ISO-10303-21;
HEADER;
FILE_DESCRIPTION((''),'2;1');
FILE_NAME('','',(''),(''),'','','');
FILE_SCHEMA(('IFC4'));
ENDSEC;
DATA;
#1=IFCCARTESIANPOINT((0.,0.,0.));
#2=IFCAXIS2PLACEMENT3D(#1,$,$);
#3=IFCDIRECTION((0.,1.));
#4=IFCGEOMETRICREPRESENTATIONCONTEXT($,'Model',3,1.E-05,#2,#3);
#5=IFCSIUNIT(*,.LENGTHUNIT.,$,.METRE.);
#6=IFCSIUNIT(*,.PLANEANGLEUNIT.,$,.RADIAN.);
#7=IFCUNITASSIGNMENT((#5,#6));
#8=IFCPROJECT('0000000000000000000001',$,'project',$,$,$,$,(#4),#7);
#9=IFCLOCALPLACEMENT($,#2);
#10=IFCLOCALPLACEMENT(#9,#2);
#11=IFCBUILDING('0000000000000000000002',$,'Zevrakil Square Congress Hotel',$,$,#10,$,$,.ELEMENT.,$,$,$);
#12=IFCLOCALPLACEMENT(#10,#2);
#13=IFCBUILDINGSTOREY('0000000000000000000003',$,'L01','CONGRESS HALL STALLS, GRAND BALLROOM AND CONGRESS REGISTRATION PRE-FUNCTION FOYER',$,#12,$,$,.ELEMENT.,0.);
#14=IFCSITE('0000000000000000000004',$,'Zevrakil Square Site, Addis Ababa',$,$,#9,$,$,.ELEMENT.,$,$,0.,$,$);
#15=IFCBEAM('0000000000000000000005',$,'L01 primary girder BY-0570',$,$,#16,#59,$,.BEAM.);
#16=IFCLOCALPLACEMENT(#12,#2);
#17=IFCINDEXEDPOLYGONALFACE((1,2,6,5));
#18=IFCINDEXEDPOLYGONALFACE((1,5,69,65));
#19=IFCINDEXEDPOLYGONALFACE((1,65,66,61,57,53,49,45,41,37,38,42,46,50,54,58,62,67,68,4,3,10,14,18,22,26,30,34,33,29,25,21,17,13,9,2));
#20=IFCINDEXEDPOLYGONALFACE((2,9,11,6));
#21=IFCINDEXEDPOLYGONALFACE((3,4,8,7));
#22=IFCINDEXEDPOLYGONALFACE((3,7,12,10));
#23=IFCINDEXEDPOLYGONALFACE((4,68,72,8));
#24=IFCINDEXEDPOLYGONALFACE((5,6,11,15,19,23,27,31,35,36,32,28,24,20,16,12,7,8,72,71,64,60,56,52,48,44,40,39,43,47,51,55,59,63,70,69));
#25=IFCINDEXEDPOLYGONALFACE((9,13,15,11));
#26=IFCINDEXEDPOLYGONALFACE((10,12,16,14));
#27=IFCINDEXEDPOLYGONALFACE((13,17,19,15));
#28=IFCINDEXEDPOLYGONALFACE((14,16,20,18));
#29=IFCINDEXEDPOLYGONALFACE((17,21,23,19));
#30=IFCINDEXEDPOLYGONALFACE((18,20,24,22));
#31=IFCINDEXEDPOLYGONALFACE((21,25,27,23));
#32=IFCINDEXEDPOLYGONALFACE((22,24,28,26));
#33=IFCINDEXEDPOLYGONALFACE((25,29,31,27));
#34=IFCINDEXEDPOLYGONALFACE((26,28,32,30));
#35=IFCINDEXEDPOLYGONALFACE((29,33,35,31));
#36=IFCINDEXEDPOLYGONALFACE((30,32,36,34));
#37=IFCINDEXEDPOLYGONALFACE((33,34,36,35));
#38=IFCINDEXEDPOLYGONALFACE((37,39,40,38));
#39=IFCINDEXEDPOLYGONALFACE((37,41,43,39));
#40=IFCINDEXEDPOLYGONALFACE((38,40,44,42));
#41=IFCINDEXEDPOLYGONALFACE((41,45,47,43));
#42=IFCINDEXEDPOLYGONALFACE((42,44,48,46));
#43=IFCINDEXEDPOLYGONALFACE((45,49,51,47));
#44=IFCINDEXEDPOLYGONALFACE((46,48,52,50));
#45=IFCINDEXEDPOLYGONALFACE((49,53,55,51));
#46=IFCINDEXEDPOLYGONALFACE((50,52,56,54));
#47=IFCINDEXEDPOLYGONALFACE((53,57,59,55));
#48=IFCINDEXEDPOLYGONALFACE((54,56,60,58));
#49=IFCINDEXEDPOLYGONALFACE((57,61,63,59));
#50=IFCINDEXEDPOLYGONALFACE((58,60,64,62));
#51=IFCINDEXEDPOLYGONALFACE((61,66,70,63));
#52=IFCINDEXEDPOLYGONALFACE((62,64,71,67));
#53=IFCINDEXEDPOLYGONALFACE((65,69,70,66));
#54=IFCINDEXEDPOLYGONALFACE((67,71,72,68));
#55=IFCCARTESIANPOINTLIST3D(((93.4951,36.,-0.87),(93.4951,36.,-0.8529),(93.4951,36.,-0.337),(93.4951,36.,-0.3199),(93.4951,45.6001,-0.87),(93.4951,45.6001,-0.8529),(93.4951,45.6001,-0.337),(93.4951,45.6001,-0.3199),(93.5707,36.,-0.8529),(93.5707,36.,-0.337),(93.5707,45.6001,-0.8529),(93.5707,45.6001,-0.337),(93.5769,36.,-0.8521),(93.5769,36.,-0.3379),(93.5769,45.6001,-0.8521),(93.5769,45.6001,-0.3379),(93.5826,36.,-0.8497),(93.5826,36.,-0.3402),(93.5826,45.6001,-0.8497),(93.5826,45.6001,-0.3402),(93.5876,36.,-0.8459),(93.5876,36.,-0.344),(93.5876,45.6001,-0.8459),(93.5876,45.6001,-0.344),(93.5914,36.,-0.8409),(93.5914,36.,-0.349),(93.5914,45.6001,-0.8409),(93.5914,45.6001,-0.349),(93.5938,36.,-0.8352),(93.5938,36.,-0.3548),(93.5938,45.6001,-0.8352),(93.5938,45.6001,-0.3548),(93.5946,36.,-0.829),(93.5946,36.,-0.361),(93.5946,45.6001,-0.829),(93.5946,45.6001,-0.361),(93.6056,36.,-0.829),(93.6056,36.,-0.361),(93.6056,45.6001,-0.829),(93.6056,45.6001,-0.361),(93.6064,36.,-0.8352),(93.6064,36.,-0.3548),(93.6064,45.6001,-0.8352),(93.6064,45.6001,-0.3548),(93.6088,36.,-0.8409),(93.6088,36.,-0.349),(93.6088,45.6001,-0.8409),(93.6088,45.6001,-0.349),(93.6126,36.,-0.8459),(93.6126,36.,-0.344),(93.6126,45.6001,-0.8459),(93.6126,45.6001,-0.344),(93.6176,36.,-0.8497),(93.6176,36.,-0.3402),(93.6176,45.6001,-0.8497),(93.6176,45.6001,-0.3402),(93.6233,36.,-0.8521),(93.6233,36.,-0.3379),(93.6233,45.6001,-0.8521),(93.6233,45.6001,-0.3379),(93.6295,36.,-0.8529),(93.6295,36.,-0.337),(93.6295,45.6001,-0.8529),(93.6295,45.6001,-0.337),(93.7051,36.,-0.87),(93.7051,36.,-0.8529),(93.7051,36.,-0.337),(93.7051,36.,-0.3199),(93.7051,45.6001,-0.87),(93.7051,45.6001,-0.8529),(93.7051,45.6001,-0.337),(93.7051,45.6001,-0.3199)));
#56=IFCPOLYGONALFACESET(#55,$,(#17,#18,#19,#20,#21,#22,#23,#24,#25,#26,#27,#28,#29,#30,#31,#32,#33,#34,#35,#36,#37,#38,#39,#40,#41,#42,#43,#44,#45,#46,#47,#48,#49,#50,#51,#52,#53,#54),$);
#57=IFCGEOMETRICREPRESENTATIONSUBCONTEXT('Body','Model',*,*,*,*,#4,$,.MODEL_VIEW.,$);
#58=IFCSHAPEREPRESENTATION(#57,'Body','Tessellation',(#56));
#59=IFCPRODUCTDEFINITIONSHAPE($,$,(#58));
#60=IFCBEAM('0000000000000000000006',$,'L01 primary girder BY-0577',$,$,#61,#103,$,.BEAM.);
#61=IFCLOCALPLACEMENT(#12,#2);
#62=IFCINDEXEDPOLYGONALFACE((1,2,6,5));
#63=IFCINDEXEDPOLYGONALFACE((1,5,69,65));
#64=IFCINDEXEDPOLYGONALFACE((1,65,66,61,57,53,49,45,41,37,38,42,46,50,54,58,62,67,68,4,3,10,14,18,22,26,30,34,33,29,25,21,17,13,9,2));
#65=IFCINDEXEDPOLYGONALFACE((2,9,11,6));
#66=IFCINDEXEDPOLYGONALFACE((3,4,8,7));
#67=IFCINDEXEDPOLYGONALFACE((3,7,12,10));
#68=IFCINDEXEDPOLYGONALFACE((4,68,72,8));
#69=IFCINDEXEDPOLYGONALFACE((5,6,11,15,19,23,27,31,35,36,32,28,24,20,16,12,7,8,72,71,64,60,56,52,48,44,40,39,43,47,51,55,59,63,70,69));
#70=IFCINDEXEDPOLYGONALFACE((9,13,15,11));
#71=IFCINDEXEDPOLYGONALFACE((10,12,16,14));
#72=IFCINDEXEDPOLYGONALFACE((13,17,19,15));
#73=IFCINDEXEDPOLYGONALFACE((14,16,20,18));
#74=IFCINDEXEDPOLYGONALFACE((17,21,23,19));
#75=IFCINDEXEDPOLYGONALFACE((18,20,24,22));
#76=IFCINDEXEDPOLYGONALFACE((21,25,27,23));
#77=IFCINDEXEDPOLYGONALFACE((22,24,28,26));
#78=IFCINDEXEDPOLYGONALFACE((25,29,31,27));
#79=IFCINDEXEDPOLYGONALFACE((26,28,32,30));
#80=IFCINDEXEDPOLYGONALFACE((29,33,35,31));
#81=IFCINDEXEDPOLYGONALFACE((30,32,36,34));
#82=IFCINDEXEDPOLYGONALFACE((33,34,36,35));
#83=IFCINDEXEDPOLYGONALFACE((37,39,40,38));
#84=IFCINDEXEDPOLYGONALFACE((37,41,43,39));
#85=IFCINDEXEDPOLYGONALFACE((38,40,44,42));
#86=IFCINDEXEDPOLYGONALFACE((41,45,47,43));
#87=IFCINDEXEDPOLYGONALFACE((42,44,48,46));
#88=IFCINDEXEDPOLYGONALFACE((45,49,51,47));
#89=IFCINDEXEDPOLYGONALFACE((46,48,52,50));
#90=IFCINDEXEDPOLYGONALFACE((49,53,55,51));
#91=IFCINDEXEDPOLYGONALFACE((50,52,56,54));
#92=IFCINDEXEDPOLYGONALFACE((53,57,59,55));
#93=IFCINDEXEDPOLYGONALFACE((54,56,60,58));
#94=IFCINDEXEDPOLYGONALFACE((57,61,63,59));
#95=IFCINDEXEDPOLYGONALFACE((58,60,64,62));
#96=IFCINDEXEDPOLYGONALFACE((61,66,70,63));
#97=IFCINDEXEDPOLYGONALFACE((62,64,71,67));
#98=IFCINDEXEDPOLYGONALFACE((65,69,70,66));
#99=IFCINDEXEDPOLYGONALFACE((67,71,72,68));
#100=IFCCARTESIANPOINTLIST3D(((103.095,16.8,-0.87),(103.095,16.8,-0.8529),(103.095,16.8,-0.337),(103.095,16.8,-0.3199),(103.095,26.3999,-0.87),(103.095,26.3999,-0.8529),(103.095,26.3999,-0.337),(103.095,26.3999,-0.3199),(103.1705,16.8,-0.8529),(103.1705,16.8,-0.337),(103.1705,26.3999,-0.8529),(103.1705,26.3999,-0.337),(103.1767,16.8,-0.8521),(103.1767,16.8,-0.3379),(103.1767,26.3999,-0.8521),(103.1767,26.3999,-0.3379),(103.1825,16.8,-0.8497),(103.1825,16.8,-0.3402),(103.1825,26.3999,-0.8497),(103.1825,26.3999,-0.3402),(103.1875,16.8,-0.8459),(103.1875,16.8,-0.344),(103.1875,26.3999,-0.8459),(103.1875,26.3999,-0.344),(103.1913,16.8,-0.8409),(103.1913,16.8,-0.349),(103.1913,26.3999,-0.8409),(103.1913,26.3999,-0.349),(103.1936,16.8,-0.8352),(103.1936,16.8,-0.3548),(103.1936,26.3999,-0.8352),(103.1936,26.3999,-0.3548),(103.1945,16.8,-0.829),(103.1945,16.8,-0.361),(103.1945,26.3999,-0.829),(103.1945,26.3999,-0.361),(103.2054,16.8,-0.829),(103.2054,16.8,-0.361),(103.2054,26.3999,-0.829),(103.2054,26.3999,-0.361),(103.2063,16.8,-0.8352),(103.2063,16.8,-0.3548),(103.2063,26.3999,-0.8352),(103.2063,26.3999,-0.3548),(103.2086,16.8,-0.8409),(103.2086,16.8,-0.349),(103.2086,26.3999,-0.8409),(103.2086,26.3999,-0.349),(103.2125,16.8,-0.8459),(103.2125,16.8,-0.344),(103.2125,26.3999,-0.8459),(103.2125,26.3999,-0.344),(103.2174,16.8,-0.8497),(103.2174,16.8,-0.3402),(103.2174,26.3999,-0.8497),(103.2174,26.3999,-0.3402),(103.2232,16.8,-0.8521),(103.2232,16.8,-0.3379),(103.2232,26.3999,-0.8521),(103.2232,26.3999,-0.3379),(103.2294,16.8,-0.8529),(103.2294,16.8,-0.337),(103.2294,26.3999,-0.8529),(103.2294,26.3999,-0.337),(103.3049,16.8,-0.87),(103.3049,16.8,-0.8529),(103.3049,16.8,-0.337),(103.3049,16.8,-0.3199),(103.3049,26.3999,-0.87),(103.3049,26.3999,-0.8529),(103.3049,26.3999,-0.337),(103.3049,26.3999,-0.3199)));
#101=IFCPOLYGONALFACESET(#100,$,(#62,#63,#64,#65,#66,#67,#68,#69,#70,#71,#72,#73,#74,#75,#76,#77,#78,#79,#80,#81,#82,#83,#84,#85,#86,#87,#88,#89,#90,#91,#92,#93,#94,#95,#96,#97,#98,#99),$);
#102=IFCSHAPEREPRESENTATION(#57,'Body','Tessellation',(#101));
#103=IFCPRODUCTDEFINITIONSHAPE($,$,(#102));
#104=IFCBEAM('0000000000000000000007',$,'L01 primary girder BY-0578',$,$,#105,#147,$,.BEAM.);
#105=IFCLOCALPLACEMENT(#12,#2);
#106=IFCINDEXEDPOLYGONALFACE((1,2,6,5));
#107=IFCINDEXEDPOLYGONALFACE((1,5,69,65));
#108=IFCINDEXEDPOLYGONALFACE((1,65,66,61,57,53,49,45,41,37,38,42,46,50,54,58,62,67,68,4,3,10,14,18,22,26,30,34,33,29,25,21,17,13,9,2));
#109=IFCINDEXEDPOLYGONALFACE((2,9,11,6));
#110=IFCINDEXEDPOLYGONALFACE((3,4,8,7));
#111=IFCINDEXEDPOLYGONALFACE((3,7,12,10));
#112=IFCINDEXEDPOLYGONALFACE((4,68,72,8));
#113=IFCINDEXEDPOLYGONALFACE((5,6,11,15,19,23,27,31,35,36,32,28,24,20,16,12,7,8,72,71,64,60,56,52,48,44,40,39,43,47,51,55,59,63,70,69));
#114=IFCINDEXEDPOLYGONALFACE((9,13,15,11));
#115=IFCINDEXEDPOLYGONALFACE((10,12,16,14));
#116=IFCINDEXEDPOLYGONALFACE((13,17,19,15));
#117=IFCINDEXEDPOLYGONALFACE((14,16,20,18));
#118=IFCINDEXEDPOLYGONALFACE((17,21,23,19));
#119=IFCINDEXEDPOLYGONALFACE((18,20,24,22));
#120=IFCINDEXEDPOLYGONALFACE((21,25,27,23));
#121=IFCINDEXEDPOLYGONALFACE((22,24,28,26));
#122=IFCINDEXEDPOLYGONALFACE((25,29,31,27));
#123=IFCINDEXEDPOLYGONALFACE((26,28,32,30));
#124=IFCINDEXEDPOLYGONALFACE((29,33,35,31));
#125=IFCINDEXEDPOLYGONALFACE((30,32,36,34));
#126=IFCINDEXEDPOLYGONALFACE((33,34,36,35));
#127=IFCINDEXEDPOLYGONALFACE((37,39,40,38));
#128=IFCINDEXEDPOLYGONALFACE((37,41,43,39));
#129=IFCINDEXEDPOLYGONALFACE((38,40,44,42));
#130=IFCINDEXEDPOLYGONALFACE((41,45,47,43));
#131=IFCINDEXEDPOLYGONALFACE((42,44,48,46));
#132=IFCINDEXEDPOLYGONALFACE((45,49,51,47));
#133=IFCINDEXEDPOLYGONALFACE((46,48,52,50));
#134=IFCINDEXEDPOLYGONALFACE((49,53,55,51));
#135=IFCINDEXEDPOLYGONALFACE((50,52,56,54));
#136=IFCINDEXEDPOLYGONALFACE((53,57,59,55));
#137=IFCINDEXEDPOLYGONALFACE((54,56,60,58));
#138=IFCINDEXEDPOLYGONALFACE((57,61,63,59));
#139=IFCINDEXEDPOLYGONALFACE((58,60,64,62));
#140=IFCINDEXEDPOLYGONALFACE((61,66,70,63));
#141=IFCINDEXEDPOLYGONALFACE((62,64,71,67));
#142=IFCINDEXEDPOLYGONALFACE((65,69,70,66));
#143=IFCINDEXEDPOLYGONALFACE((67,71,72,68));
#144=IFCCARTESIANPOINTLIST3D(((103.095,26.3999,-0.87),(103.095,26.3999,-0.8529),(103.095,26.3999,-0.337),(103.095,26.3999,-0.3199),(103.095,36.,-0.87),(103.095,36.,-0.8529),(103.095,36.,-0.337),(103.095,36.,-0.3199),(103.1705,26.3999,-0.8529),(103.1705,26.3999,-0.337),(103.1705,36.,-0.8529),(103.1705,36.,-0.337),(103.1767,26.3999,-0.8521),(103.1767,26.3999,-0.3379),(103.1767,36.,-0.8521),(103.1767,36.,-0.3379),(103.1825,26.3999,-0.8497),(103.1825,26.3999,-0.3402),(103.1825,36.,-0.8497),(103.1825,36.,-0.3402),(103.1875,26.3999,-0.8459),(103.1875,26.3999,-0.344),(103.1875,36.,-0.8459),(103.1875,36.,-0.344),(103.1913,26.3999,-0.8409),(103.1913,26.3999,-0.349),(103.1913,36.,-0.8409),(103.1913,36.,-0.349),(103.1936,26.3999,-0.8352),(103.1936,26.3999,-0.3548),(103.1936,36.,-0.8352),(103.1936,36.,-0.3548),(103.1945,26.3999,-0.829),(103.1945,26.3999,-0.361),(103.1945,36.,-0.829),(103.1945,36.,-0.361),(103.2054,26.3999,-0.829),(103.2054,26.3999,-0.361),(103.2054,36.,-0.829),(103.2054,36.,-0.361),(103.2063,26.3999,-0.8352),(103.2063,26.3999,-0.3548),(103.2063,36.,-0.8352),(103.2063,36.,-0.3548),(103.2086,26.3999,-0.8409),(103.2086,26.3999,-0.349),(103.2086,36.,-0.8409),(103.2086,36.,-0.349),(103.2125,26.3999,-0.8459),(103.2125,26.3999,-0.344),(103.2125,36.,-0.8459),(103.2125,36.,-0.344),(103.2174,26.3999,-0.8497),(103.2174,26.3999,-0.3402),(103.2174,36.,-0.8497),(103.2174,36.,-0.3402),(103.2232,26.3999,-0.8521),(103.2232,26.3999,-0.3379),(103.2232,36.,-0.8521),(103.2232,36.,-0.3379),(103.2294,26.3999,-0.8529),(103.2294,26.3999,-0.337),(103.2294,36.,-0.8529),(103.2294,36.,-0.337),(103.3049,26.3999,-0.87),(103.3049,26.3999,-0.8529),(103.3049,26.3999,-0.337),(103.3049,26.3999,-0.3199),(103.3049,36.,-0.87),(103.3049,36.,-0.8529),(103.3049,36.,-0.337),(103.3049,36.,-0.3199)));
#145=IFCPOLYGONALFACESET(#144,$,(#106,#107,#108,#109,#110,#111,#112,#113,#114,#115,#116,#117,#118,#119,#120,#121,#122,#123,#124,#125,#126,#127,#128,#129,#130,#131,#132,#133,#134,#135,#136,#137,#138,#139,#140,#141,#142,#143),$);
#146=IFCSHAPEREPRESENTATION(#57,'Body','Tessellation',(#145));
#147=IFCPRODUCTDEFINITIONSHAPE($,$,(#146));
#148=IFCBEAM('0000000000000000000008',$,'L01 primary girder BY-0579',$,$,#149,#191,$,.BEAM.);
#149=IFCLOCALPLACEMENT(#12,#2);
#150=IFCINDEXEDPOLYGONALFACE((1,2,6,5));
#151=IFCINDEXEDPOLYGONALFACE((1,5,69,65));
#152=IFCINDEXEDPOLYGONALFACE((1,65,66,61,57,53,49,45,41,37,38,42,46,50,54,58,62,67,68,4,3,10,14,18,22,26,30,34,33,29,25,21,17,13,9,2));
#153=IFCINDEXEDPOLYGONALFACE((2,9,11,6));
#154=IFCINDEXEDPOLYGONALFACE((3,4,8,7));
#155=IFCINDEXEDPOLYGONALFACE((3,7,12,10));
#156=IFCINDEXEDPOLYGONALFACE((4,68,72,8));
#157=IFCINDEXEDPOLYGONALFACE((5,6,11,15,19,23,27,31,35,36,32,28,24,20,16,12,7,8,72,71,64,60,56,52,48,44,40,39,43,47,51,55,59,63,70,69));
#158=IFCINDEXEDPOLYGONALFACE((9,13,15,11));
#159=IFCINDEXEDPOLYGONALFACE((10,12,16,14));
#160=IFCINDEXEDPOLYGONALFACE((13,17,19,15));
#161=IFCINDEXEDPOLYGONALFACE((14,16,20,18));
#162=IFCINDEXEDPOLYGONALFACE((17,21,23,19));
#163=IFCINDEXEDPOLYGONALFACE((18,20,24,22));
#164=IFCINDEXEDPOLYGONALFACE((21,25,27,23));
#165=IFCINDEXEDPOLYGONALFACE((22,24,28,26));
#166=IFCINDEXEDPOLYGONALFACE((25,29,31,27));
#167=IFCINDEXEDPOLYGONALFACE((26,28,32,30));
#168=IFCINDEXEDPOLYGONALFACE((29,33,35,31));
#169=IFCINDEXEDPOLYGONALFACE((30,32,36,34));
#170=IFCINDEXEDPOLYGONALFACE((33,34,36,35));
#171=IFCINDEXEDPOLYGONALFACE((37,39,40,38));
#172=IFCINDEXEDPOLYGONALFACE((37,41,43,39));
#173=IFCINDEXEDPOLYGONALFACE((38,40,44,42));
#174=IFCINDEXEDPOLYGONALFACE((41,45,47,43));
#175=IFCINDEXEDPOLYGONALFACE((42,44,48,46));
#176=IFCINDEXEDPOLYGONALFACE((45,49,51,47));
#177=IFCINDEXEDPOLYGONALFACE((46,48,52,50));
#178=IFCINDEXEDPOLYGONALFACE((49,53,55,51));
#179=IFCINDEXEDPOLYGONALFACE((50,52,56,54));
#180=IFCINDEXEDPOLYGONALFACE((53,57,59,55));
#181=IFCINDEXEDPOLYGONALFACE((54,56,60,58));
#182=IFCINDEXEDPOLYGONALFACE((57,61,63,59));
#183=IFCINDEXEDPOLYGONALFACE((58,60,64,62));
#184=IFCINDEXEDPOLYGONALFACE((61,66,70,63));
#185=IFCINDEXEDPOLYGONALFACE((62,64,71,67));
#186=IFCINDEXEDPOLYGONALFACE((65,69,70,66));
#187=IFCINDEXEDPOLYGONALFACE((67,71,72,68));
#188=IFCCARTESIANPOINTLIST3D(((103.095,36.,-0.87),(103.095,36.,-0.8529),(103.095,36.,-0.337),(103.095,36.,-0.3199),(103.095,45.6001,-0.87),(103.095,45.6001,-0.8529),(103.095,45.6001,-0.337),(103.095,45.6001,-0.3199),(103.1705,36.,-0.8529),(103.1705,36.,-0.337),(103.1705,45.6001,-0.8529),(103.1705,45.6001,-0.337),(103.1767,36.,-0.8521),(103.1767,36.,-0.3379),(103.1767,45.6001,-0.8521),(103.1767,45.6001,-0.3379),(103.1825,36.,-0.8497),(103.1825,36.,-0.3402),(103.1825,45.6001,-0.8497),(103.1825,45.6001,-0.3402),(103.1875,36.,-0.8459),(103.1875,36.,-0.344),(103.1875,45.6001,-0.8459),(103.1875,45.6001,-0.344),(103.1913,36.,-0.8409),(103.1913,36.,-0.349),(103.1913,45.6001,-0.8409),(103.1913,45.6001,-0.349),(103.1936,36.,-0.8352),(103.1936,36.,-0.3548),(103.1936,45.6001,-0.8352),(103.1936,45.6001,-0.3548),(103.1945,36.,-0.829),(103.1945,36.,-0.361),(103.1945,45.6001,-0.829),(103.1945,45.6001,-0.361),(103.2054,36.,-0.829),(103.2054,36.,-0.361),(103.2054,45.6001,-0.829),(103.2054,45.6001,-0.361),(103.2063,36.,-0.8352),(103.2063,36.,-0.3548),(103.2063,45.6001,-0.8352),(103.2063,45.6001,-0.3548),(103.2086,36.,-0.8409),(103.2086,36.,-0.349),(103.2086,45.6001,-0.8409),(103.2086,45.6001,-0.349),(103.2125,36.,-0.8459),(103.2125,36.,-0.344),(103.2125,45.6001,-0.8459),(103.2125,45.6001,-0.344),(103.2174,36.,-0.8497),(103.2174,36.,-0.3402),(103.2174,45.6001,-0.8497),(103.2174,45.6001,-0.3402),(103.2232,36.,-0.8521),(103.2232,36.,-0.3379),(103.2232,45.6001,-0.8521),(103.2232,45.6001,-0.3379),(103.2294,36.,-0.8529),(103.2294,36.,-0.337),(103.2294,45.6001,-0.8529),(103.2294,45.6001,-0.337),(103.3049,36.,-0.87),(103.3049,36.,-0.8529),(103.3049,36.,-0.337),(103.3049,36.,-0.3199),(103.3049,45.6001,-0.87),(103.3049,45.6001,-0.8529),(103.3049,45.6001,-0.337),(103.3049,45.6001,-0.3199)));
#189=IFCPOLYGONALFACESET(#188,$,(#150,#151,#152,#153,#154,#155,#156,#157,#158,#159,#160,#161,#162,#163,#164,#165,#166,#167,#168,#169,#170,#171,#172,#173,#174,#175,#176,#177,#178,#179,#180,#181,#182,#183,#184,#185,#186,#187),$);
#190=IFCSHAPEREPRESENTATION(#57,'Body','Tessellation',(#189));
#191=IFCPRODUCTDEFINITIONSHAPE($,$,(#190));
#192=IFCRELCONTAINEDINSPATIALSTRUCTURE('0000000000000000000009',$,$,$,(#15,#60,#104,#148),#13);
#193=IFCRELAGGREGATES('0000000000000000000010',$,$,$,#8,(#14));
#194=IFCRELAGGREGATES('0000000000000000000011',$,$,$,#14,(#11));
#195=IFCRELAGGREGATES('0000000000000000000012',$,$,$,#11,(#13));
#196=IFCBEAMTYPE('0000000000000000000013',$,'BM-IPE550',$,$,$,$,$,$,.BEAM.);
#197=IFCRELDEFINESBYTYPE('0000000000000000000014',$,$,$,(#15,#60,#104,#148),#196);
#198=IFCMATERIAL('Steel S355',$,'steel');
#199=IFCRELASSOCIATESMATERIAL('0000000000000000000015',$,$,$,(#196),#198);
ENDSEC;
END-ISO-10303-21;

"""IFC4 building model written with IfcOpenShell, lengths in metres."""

from ifc_helpers import new_model, si_unit, direction, frame, origin, origin_2d, place, context, subcontext, project, spatial, i_section, extrude, material, material_profile, profile_set, type_object, element, save


model = new_model("IFC4")

# Units and contexts
model_context = context("Model", 3, precision=1e-05, world=origin(), true_north=direction((0.0, 1.0)))
body_context = subcontext(model_context, "Body", "Model", "MODEL_VIEW")
ifc_project = project(units=[si_unit("LENGTHUNIT", "METRE"), si_unit("PLANEANGLEUNIT", "RADIAN")], contexts=[model_context])

# Site, building, storey
site_placement = place(None, origin())
site = spatial("IfcSite", under=ifc_project, at=site_placement, Name="Zevrakil Square Site, Addis Ababa", CompositionType="ELEMENT", RefElevation=0.0)
building_placement = place(site_placement, origin())
building = spatial("IfcBuilding", under=site, at=building_placement, Name="Zevrakil Square Congress Hotel", CompositionType="ELEMENT")
storey_placement = place(building_placement, origin())
storey = spatial("IfcBuildingStorey", under=building, at=storey_placement, Name="L01", Description="CONGRESS HALL STALLS, GRAND BALLROOM AND CONGRESS REGISTRATION PRE-FUNCTION FOYER", CompositionType="ELEMENT", Elevation=0.0)

# Beams
ifc_material_1 = material(Name="Steel S355", Category="steel")
ifc_material_profile_1 = material_profile(ifc_material_1, i_section(OverallWidth=0.21, OverallDepth=0.55, WebThickness=0.011, FlangeThickness=0.0171, FilletRadius=0.0239, at=origin_2d()), Name="IPE 550")
ifc_profile_set_1 = profile_set([ifc_material_profile_1], Name="Steel S355")
beam_type_1 = type_object("IfcBeamType", Name="BM-IPE550", PredefinedType="BEAM", material=ifc_profile_set_1)
for number, where, z_axis, x_axis, name in (
    (1, (93.6001, 36.0, -0.595), (0.0, 1.0, 0.0), (-1.0, 0.0, 0.0), "L01 primary girder BY-0570"),
):
    element("IfcBeam", number, at=place(storey_placement, frame(where, z_axis=z_axis, x_axis=x_axis)), inside=storey, type_object=beam_type_1, Name=name, PredefinedType="BEAM", context=body_context, shape_type="SweptSolid", body=[
        extrude(i_section(OverallWidth=0.21, OverallDepth=0.55, WebThickness=0.011, FlangeThickness=0.0171, FilletRadius=0.0239, at=origin_2d()), origin(), (0.0, 0.0, 1.0), 9.6001),
    ])
beam_placement = place(storey_placement, frame((103.2, 16.8, -0.595), z_axis=(0.0, 1.0, 0.0), x_axis=(-1.0, 0.0, 0.0)))
element("IfcBeam", 2, at=beam_placement, inside=storey, type_object=beam_type_1, Name="L01 primary girder BY-0577", PredefinedType="BEAM", context=body_context, shape_type="SweptSolid", body=[
    extrude(i_section(OverallWidth=0.21, OverallDepth=0.55, WebThickness=0.011, FlangeThickness=0.0171, FilletRadius=0.0239, at=origin_2d()), origin(), (0.0, 0.0, 1.0), 9.5999),
])
for number, where, z_axis, x_axis, name in (
    (3, (103.2, 26.3999, -0.595), (0.0, 1.0, 0.0), (-1.0, 0.0, 0.0), "L01 primary girder BY-0578"),
    (4, (103.2, 36.0, -0.595), (0.0, 1.0, 0.0), (-1.0, 0.0, 0.0), "L01 primary girder BY-0579"),
):
    element("IfcBeam", number, at=place(storey_placement, frame(where, z_axis=z_axis, x_axis=x_axis)), inside=storey, type_object=beam_type_1, Name=name, PredefinedType="BEAM", context=body_context, shape_type="SweptSolid", body=[
        extrude(i_section(OverallWidth=0.21, OverallDepth=0.55, WebThickness=0.011, FlangeThickness=0.0171, FilletRadius=0.0239, at=origin_2d()), origin(), (0.0, 0.0, 1.0), 9.6001),
    ])

save(model, "model.ifc")
